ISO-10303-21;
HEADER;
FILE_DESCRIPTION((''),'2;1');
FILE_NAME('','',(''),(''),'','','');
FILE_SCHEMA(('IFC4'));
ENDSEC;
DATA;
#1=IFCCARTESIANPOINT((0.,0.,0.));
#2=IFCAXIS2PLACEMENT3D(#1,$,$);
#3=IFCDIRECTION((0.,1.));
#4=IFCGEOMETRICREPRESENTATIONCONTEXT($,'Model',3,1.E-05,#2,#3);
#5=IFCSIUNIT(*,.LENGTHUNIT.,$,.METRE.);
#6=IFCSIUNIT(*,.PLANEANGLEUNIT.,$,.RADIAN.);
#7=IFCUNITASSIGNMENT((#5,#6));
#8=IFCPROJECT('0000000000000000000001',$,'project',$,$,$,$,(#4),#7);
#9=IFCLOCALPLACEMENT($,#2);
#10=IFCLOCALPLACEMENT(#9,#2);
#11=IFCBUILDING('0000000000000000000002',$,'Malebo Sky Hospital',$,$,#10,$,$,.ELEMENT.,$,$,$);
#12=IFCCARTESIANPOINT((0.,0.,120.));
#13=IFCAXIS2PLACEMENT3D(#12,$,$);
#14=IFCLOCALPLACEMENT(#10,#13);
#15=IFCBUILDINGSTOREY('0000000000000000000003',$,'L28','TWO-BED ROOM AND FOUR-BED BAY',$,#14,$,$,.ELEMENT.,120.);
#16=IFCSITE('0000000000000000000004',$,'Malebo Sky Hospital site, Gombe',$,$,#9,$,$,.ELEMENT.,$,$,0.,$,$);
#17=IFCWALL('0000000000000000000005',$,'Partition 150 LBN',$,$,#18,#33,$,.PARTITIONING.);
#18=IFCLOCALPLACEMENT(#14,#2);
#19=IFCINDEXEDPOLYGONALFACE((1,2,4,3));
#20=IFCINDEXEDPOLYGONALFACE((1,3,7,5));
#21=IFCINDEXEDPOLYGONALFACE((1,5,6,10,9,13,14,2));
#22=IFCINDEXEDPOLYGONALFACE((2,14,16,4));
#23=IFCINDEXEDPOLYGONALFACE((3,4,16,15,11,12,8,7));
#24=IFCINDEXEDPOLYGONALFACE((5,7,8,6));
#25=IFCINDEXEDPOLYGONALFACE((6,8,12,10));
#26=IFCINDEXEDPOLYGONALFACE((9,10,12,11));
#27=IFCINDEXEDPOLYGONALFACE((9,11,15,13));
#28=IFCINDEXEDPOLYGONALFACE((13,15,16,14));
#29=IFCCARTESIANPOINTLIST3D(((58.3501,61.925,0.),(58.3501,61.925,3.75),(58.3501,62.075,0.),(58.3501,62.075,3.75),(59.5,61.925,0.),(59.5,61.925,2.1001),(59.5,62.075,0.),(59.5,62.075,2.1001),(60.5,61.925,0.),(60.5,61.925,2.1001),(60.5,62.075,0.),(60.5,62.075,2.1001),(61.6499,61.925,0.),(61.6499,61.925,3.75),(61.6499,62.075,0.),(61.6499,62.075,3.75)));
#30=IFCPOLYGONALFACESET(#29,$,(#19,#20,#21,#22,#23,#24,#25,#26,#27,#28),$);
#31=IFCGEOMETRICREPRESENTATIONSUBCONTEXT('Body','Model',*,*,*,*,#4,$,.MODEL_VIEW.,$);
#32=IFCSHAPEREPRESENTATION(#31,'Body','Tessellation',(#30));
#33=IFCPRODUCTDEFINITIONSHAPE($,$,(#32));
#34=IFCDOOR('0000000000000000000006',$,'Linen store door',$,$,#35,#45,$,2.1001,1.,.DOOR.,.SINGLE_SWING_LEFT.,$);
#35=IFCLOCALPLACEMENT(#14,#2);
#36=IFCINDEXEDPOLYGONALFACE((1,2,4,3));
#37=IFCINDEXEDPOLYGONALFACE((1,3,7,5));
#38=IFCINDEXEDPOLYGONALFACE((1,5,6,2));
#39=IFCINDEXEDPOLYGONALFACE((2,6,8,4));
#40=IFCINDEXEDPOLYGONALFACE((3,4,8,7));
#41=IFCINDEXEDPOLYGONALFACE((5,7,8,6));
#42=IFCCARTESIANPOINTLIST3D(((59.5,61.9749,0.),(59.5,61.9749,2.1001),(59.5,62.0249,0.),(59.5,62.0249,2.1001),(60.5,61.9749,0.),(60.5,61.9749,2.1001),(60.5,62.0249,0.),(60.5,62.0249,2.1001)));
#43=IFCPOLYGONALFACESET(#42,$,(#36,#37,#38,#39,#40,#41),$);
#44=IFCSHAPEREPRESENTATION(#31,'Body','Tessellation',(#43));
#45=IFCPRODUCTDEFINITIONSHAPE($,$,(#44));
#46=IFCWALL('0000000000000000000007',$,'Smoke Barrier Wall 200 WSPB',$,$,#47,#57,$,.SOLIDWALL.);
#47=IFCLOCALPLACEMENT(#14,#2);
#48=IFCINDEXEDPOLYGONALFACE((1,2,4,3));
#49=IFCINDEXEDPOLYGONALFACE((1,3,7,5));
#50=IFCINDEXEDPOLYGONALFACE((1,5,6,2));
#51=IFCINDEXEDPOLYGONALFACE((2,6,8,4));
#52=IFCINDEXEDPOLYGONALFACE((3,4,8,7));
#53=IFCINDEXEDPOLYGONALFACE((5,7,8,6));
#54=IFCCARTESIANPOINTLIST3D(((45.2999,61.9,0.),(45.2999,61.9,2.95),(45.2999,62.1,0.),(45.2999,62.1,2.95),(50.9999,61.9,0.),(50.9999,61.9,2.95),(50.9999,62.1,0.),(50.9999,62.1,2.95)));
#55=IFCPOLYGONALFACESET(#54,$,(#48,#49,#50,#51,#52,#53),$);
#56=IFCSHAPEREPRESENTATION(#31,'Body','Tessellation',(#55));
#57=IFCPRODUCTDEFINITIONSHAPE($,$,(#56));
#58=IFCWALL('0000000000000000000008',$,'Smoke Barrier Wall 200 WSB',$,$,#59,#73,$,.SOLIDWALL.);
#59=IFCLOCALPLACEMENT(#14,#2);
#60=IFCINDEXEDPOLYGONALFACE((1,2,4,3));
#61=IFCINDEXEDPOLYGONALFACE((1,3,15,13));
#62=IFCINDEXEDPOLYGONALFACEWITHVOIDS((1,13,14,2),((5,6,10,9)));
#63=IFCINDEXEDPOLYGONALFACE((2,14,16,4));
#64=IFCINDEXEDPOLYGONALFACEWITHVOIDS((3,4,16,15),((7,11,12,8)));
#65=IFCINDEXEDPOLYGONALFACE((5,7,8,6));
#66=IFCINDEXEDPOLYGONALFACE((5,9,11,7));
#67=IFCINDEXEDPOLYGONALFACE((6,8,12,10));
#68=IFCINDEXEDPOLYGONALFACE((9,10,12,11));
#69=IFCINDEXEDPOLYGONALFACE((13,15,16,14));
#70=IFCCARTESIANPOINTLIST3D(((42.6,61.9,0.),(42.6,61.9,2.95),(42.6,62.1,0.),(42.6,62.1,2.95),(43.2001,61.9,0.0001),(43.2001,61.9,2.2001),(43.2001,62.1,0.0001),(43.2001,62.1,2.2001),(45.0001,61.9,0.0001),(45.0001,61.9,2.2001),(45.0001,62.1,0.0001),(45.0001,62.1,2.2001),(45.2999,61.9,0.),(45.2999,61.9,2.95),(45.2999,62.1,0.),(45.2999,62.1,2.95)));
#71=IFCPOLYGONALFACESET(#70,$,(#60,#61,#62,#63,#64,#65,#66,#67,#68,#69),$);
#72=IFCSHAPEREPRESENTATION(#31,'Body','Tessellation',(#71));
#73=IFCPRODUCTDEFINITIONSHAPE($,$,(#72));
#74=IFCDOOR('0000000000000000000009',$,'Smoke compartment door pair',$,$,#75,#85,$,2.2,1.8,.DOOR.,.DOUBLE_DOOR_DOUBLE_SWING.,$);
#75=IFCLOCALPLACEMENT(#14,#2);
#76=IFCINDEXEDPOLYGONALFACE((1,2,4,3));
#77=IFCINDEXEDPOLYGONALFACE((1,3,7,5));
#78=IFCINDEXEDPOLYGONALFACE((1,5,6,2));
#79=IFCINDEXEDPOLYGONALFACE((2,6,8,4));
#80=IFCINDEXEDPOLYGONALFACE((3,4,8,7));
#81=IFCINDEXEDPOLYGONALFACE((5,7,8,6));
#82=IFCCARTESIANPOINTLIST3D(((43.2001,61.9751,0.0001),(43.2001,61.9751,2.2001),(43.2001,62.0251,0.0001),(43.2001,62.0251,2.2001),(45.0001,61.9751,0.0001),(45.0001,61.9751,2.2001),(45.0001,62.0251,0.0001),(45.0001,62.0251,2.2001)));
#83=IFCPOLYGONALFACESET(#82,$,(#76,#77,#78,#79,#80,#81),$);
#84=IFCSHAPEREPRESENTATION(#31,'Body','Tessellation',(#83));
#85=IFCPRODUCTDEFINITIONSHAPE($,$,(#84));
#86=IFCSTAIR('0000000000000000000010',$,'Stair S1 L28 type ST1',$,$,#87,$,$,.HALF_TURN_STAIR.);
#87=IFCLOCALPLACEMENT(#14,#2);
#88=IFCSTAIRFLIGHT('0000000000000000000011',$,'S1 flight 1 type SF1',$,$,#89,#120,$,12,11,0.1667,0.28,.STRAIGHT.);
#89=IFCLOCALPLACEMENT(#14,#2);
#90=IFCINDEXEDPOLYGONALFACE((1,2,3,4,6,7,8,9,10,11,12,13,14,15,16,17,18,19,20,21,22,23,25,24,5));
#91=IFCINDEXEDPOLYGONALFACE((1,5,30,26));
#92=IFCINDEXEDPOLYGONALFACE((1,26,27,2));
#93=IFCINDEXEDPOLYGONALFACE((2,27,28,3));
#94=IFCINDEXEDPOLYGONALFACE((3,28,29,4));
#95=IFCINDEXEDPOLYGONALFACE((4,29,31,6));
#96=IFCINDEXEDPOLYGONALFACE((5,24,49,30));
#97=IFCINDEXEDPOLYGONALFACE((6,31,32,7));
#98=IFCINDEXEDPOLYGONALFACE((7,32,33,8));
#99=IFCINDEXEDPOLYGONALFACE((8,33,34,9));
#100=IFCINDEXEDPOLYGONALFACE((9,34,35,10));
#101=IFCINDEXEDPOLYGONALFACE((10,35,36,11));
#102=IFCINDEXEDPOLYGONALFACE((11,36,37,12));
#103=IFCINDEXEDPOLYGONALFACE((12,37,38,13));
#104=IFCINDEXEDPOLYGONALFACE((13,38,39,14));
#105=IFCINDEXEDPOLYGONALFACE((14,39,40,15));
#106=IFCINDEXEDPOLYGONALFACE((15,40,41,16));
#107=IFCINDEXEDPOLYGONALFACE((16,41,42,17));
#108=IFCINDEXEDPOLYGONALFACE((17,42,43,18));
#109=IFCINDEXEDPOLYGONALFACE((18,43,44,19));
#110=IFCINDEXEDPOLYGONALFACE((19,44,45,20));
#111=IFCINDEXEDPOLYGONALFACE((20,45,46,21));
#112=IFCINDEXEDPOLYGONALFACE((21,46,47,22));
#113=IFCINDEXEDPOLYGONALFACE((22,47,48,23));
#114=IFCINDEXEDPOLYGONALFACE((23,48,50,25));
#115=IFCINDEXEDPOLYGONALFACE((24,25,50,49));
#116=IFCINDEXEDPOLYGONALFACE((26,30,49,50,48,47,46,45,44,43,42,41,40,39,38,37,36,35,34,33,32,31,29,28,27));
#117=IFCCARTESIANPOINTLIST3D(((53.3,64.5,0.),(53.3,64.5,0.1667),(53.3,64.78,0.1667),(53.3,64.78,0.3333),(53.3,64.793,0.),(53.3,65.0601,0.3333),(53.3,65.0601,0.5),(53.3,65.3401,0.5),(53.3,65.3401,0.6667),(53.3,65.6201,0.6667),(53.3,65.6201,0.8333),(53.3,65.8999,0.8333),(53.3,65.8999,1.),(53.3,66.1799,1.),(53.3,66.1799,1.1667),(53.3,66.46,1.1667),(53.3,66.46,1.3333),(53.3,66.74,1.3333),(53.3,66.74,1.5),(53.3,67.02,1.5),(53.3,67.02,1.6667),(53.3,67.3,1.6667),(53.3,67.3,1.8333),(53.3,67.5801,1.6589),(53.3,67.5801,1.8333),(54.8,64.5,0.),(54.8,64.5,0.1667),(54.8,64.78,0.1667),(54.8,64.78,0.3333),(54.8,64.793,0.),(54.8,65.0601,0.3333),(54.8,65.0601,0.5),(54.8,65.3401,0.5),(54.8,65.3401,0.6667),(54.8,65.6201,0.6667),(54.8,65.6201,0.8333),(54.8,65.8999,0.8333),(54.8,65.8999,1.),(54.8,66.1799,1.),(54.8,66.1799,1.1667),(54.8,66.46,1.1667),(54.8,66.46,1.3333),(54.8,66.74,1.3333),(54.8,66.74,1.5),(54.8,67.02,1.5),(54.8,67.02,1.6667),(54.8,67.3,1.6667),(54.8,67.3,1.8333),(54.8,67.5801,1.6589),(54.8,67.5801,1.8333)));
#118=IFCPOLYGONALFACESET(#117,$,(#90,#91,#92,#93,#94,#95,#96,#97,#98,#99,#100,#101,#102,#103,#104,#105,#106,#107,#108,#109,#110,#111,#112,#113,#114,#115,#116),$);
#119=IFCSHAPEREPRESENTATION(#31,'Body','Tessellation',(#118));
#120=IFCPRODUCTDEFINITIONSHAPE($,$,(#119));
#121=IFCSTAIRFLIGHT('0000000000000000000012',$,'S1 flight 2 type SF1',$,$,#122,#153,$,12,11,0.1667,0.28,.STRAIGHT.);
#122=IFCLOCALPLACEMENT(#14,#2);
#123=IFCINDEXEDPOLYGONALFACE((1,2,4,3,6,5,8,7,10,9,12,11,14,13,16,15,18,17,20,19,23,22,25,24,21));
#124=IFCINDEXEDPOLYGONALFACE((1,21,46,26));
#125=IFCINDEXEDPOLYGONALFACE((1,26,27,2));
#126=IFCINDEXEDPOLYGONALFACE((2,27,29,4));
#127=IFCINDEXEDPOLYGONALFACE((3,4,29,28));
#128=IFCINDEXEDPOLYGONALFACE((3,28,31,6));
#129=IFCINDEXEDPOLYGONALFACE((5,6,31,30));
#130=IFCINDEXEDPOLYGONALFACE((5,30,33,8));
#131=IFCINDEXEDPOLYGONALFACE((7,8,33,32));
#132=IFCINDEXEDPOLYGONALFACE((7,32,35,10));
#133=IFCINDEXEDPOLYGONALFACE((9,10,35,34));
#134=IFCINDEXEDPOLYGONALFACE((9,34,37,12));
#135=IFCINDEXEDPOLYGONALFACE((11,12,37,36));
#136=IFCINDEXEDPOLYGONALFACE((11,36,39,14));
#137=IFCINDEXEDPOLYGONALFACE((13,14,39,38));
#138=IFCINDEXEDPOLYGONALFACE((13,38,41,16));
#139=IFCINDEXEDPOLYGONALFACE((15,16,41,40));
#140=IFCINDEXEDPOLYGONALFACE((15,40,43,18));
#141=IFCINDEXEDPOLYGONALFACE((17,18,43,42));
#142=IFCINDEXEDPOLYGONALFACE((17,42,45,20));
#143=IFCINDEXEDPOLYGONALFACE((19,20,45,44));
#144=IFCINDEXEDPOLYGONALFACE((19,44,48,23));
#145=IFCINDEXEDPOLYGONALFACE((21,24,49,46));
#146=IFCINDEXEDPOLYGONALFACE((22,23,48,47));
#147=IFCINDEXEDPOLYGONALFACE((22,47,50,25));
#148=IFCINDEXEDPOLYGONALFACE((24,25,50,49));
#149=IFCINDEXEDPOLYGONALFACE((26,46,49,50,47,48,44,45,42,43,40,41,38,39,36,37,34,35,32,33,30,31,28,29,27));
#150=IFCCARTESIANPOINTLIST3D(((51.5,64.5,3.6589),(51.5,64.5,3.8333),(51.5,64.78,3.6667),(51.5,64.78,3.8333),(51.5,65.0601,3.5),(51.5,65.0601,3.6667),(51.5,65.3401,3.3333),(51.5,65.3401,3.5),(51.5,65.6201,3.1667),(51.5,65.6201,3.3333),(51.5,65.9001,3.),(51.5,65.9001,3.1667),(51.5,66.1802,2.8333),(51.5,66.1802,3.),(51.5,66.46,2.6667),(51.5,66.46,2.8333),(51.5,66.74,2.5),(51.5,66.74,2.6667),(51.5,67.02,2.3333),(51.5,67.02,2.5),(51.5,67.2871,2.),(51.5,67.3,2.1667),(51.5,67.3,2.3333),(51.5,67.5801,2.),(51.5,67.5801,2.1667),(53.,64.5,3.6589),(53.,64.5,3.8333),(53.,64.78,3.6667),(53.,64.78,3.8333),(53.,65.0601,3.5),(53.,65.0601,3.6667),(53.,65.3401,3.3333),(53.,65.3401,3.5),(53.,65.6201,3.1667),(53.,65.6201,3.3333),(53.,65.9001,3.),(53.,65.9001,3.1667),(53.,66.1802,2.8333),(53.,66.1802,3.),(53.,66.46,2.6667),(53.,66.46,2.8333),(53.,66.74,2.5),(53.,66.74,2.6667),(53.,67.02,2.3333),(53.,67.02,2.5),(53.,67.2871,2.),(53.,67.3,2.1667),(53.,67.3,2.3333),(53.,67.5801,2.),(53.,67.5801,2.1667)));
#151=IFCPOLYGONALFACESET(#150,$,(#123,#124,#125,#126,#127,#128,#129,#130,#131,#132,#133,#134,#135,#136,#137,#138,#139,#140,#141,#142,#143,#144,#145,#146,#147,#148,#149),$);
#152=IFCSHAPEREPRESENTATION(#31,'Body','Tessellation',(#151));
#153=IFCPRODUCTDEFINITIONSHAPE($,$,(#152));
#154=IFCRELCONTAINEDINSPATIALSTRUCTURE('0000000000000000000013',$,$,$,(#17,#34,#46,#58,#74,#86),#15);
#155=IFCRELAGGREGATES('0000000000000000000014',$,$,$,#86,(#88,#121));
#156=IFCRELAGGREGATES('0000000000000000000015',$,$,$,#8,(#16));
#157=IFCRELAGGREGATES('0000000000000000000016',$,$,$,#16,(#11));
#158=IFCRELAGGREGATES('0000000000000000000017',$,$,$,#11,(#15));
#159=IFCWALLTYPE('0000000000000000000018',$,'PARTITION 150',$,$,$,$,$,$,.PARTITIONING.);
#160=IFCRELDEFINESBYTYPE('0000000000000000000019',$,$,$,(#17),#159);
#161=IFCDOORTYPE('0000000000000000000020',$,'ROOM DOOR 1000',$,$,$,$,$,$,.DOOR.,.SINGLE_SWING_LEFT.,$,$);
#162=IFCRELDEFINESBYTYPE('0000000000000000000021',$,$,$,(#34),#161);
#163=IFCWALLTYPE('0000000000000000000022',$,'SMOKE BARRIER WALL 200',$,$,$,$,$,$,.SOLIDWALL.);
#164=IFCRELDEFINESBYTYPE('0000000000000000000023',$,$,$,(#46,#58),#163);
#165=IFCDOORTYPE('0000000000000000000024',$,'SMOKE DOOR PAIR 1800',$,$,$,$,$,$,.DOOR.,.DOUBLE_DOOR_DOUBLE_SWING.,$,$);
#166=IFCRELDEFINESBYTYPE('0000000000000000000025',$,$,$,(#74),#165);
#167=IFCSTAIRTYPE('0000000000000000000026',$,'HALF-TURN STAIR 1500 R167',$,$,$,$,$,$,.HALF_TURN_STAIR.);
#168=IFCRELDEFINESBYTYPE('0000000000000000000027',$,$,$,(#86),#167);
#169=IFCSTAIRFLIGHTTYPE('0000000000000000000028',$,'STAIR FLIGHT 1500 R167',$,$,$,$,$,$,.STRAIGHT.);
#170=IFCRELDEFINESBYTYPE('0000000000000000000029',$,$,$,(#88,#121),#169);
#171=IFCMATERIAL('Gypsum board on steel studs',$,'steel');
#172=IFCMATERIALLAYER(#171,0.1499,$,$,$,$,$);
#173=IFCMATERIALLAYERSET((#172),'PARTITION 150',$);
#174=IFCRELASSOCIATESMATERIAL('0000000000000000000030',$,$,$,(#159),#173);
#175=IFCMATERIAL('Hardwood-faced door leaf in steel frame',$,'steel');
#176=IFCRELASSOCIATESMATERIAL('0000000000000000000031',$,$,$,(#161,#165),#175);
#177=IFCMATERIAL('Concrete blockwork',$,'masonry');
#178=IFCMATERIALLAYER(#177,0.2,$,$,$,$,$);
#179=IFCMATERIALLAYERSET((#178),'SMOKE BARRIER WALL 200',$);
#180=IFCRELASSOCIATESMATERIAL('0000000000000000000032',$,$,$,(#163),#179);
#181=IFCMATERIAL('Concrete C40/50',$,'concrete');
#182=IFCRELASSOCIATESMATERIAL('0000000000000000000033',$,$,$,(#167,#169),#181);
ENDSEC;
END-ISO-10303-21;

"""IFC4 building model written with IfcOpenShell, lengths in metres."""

from ifc_helpers import new_model, si_unit, direction, frame, frame_2d, origin, place, context, subcontext, project, spatial, polyline, rectangle, outline, extrude, material, layer, layer_set, type_object, element, fill, aggregate, save


model = new_model("IFC4")

# Units and contexts
model_context = context("Model", 3, precision=1e-05, world=origin(), true_north=direction((0.0, 1.0)))
body_context = subcontext(model_context, "Body", "Model", "MODEL_VIEW")
ifc_project = project(units=[si_unit("LENGTHUNIT", "METRE"), si_unit("PLANEANGLEUNIT", "RADIAN")], contexts=[model_context])

# Site, building, storey
site_placement = place(None, origin())
site = spatial("IfcSite", under=ifc_project, at=site_placement, Name="Malebo Sky Hospital site, Gombe", CompositionType="ELEMENT", RefElevation=0.0)
building_placement = place(site_placement, origin())
building = spatial("IfcBuilding", under=site, at=building_placement, Name="Malebo Sky Hospital", CompositionType="ELEMENT")
storey_placement = place(building_placement, frame((0.0, 0.0, 120.0)))
storey = spatial("IfcBuildingStorey", under=building, at=storey_placement, Name="L28", Description="TWO-BED ROOM AND FOUR-BED BAY", CompositionType="ELEMENT", Elevation=120.0)

# Shared definitions
ifc_material_1 = material(Name="Hardwood-faced door leaf in steel frame", Category="steel")

# Shared definitions
ifc_material_2 = material(Name="Gypsum board on steel studs", Category="steel")
ifc_layer_1 = layer(ifc_material_2, 0.1499)
ifc_layer_set_1 = layer_set([ifc_layer_1], Name="PARTITION 150")
wall_type_1 = type_object("IfcWallType", Name="PARTITION 150", PredefinedType="PARTITIONING", material=ifc_layer_set_1)

# Wall, opening, door
wall_1_placement = place(storey_placement, frame((58.3501, 62.0, 0.0), z_axis=(0.0, 0.0, 1.0), x_axis=(1.0, 0.0, 0.0)))
wall_1 = element("IfcWall", 1, at=wall_1_placement, inside=storey, type_object=wall_type_1, Name="Partition 150 LBN", PredefinedType="PARTITIONING", context=body_context, shape_type="SweptSolid", body=[
    extrude(rectangle(XDim=3.2998, YDim=0.1499, at=frame_2d((1.6499, 0.0))), origin(), (0.0, 0.0, 1.0), 3.75),
])
opening_1_placement = place(wall_1_placement, frame((1.1499, 0.0, 0.0)))
opening_1 = element("IfcOpeningElement", 2, at=opening_1_placement, cuts=wall_1, PredefinedType="OPENING", context=body_context, shape_type="SweptSolid", body=[
    extrude(rectangle(XDim=1.0, YDim=2.1001, at=frame_2d((0.5, 1.05))), frame((0.0, 0.085, 0.0), z_axis=(0.0, -1.0, 0.0), x_axis=(1.0, 0.0, 0.0)), (0.0, 0.0, 1.0), 0.1699),
])
door_type_1 = type_object("IfcDoorType", Name="ROOM DOOR 1000", OperationType="SINGLE_SWING_LEFT", PredefinedType="DOOR", material=ifc_material_1)
door_1_placement = place(opening_1_placement, origin())
door_1 = element("IfcDoor", 3, at=door_1_placement, inside=storey, type_object=door_type_1, Name="Linen store door", OperationType="SINGLE_SWING_LEFT", OverallHeight=2.1001, OverallWidth=1.0, PredefinedType="DOOR", context=body_context, shape_type="SweptSolid", body=[
    extrude(rectangle(XDim=1.0, YDim=2.1001, at=frame_2d((0.5, 1.05))), frame((0.0, 0.0249, 0.0), z_axis=(0.0, -1.0, 0.0), x_axis=(1.0, 0.0, 0.0)), (0.0, 0.0, 1.0), 0.05),
])
fill(opening_1, door_1)

# Wall
ifc_material_3 = material(Name="Concrete blockwork", Category="masonry")
ifc_layer_2 = layer(ifc_material_3, 0.2)
ifc_layer_set_2 = layer_set([ifc_layer_2], Name="SMOKE BARRIER WALL 200")
wall_type_2 = type_object("IfcWallType", Name="SMOKE BARRIER WALL 200", PredefinedType="SOLIDWALL", material=ifc_layer_set_2)
wall_2_placement = place(storey_placement, frame((51.0, 62.0, 0.0), z_axis=(0.0, 0.0, 1.0), x_axis=(-1.0, 0.0, 0.0)))
element("IfcWall", 4, at=wall_2_placement, inside=storey, type_object=wall_type_2, Name="Smoke Barrier Wall 200 WSPB", PredefinedType="SOLIDWALL", context=body_context, shape_type="SweptSolid", body=[
    extrude(rectangle(XDim=5.7, YDim=0.2, at=frame_2d((2.8501, 0.0))), origin(), (0.0, 0.0, 1.0), 2.95),
])

# Wall, opening, door
wall_3_placement = place(storey_placement, frame((45.3, 62.0, 0.0), z_axis=(0.0, 0.0, 1.0), x_axis=(-1.0, 0.0, 0.0)))
wall_3 = element("IfcWall", 5, at=wall_3_placement, inside=storey, type_object=wall_type_2, Name="Smoke Barrier Wall 200 WSB", PredefinedType="SOLIDWALL", context=body_context, shape_type="SweptSolid", body=[
    extrude(rectangle(XDim=2.7, YDim=0.2, at=frame_2d((1.3501, 0.0))), origin(), (0.0, 0.0, 1.0), 2.95),
])
opening_2_placement = place(wall_3_placement, frame((0.3, 0.0, 0.0)))
opening_2 = element("IfcOpeningElement", 6, at=opening_2_placement, cuts=wall_3, PredefinedType="OPENING", context=body_context, shape_type="SweptSolid", body=[
    extrude(rectangle(XDim=1.8, YDim=2.2, at=frame_2d((0.8999, 1.1001))), frame((0.0, 0.1099, 0.0), z_axis=(0.0, -1.0, 0.0), x_axis=(1.0, 0.0, 0.0)), (0.0, 0.0, 1.0), 0.22),
])
door_type_2 = type_object("IfcDoorType", Name="SMOKE DOOR PAIR 1800", OperationType="DOUBLE_DOOR_DOUBLE_SWING", PredefinedType="DOOR", material=ifc_material_1)
door_2_placement = place(opening_2_placement, origin())
door_2 = element("IfcDoor", 7, at=door_2_placement, inside=storey, type_object=door_type_2, Name="Smoke compartment door pair", OperationType="DOUBLE_DOOR_DOUBLE_SWING", OverallHeight=2.2, OverallWidth=1.8, PredefinedType="DOOR", context=body_context, shape_type="SweptSolid", body=[
    extrude(rectangle(XDim=1.8, YDim=2.2, at=frame_2d((0.8999, 1.1001))), frame((0.0, 0.0249, 0.0), z_axis=(0.0, -1.0, 0.0), x_axis=(1.0, 0.0, 0.0)), (0.0, 0.0, 1.0), 0.05),
])
fill(opening_2, door_2)

# Stair, stair flights
ifc_material_4 = material(Name="Concrete C40/50", Category="concrete")
stair_type = type_object("IfcStairType", Name="HALF-TURN STAIR 1500 R167", PredefinedType="HALF_TURN_STAIR", material=ifc_material_4)
stair_placement = place(storey_placement, origin())
stair = element("IfcStair", 8, at=stair_placement, inside=storey, type_object=stair_type, Name="Stair S1 L28 type ST1", PredefinedType="HALF_TURN_STAIR")
stair_flight_type = type_object("IfcStairFlightType", Name="STAIR FLIGHT 1500 R167", PredefinedType="STRAIGHT", material=ifc_material_4)
stair_flight_1_placement = place(storey_placement, frame((54.05, 64.5, 0.0), z_axis=(0.0, 0.0, 1.0), x_axis=(0.0, 1.0, 0.0)))
stair_flight_1 = element("IfcStairFlight", 9, at=stair_flight_1_placement, type_object=stair_flight_type, Name="S1 flight 1 type SF1", NumberOfRisers=12, NumberOfTreads=11, PredefinedType="STRAIGHT", RiserHeight=0.1667, TreadLength=0.28, context=body_context, shape_type="SweptSolid", body=[
    extrude(outline(polyline([(0.0, 0.0), (0.0, 0.1667), (0.28, 0.1667), (0.28, 0.3333), (0.5601, 0.3333), (0.5601, 0.5), (0.8401, 0.5), (0.8401, 0.6667), (1.1201, 0.6667), (1.1201, 0.8333), (1.3999, 0.8333), (1.3999, 1.0), (1.6799, 1.0), (1.6799, 1.1667), (1.96, 1.1667), (1.96, 1.3333), (2.24, 1.3333), (2.24, 1.5), (2.52, 1.5), (2.52, 1.6667), (2.8, 1.6667), (2.8, 1.8333), (3.0801, 1.8333), (3.0801, 2.0), (3.0801, 1.6589), (0.293, 0.0), (0.0, 0.0)])), frame((0.0, 0.75, 0.0), z_axis=(0.0, -1.0, 0.0), x_axis=(1.0, 0.0, 0.0)), (0.0, 0.0, 1.0), 1.5),
])
stair_flight_2_placement = place(storey_placement, frame((52.25, 67.5801, 2.0), z_axis=(0.0, 0.0, 1.0), x_axis=(0.0, -1.0, 0.0)))
stair_flight_2 = element("IfcStairFlight", 10, at=stair_flight_2_placement, type_object=stair_flight_type, Name="S1 flight 2 type SF1", NumberOfRisers=12, NumberOfTreads=11, PredefinedType="STRAIGHT", RiserHeight=0.1667, TreadLength=0.28, context=body_context, shape_type="SweptSolid", body=[
    extrude(outline(polyline([(0.0, 0.0), (0.0, 0.1667), (0.28, 0.1667), (0.28, 0.3333), (0.5601, 0.3333), (0.5601, 0.5), (0.8401, 0.5), (0.8401, 0.6667), (1.1201, 0.6667), (1.1201, 0.8333), (1.3999, 0.8333), (1.3999, 1.0), (1.6799, 1.0), (1.6799, 1.1667), (1.96, 1.1667), (1.96, 1.3333), (2.24, 1.3333), (2.24, 1.5), (2.52, 1.5), (2.52, 1.6667), (2.8, 1.6667), (2.8, 1.8333), (3.0801, 1.8333), (3.0801, 2.0), (3.0801, 1.6589), (0.293, 0.0), (0.0, 0.0)])), frame((0.0, 0.75, 0.0), z_axis=(0.0, -1.0, 0.0), x_axis=(1.0, 0.0, 0.0)), (0.0, 0.0, 1.0), 1.5),
])
aggregate(stair, [stair_flight_1, stair_flight_2])

save(model, "model.ifc")
